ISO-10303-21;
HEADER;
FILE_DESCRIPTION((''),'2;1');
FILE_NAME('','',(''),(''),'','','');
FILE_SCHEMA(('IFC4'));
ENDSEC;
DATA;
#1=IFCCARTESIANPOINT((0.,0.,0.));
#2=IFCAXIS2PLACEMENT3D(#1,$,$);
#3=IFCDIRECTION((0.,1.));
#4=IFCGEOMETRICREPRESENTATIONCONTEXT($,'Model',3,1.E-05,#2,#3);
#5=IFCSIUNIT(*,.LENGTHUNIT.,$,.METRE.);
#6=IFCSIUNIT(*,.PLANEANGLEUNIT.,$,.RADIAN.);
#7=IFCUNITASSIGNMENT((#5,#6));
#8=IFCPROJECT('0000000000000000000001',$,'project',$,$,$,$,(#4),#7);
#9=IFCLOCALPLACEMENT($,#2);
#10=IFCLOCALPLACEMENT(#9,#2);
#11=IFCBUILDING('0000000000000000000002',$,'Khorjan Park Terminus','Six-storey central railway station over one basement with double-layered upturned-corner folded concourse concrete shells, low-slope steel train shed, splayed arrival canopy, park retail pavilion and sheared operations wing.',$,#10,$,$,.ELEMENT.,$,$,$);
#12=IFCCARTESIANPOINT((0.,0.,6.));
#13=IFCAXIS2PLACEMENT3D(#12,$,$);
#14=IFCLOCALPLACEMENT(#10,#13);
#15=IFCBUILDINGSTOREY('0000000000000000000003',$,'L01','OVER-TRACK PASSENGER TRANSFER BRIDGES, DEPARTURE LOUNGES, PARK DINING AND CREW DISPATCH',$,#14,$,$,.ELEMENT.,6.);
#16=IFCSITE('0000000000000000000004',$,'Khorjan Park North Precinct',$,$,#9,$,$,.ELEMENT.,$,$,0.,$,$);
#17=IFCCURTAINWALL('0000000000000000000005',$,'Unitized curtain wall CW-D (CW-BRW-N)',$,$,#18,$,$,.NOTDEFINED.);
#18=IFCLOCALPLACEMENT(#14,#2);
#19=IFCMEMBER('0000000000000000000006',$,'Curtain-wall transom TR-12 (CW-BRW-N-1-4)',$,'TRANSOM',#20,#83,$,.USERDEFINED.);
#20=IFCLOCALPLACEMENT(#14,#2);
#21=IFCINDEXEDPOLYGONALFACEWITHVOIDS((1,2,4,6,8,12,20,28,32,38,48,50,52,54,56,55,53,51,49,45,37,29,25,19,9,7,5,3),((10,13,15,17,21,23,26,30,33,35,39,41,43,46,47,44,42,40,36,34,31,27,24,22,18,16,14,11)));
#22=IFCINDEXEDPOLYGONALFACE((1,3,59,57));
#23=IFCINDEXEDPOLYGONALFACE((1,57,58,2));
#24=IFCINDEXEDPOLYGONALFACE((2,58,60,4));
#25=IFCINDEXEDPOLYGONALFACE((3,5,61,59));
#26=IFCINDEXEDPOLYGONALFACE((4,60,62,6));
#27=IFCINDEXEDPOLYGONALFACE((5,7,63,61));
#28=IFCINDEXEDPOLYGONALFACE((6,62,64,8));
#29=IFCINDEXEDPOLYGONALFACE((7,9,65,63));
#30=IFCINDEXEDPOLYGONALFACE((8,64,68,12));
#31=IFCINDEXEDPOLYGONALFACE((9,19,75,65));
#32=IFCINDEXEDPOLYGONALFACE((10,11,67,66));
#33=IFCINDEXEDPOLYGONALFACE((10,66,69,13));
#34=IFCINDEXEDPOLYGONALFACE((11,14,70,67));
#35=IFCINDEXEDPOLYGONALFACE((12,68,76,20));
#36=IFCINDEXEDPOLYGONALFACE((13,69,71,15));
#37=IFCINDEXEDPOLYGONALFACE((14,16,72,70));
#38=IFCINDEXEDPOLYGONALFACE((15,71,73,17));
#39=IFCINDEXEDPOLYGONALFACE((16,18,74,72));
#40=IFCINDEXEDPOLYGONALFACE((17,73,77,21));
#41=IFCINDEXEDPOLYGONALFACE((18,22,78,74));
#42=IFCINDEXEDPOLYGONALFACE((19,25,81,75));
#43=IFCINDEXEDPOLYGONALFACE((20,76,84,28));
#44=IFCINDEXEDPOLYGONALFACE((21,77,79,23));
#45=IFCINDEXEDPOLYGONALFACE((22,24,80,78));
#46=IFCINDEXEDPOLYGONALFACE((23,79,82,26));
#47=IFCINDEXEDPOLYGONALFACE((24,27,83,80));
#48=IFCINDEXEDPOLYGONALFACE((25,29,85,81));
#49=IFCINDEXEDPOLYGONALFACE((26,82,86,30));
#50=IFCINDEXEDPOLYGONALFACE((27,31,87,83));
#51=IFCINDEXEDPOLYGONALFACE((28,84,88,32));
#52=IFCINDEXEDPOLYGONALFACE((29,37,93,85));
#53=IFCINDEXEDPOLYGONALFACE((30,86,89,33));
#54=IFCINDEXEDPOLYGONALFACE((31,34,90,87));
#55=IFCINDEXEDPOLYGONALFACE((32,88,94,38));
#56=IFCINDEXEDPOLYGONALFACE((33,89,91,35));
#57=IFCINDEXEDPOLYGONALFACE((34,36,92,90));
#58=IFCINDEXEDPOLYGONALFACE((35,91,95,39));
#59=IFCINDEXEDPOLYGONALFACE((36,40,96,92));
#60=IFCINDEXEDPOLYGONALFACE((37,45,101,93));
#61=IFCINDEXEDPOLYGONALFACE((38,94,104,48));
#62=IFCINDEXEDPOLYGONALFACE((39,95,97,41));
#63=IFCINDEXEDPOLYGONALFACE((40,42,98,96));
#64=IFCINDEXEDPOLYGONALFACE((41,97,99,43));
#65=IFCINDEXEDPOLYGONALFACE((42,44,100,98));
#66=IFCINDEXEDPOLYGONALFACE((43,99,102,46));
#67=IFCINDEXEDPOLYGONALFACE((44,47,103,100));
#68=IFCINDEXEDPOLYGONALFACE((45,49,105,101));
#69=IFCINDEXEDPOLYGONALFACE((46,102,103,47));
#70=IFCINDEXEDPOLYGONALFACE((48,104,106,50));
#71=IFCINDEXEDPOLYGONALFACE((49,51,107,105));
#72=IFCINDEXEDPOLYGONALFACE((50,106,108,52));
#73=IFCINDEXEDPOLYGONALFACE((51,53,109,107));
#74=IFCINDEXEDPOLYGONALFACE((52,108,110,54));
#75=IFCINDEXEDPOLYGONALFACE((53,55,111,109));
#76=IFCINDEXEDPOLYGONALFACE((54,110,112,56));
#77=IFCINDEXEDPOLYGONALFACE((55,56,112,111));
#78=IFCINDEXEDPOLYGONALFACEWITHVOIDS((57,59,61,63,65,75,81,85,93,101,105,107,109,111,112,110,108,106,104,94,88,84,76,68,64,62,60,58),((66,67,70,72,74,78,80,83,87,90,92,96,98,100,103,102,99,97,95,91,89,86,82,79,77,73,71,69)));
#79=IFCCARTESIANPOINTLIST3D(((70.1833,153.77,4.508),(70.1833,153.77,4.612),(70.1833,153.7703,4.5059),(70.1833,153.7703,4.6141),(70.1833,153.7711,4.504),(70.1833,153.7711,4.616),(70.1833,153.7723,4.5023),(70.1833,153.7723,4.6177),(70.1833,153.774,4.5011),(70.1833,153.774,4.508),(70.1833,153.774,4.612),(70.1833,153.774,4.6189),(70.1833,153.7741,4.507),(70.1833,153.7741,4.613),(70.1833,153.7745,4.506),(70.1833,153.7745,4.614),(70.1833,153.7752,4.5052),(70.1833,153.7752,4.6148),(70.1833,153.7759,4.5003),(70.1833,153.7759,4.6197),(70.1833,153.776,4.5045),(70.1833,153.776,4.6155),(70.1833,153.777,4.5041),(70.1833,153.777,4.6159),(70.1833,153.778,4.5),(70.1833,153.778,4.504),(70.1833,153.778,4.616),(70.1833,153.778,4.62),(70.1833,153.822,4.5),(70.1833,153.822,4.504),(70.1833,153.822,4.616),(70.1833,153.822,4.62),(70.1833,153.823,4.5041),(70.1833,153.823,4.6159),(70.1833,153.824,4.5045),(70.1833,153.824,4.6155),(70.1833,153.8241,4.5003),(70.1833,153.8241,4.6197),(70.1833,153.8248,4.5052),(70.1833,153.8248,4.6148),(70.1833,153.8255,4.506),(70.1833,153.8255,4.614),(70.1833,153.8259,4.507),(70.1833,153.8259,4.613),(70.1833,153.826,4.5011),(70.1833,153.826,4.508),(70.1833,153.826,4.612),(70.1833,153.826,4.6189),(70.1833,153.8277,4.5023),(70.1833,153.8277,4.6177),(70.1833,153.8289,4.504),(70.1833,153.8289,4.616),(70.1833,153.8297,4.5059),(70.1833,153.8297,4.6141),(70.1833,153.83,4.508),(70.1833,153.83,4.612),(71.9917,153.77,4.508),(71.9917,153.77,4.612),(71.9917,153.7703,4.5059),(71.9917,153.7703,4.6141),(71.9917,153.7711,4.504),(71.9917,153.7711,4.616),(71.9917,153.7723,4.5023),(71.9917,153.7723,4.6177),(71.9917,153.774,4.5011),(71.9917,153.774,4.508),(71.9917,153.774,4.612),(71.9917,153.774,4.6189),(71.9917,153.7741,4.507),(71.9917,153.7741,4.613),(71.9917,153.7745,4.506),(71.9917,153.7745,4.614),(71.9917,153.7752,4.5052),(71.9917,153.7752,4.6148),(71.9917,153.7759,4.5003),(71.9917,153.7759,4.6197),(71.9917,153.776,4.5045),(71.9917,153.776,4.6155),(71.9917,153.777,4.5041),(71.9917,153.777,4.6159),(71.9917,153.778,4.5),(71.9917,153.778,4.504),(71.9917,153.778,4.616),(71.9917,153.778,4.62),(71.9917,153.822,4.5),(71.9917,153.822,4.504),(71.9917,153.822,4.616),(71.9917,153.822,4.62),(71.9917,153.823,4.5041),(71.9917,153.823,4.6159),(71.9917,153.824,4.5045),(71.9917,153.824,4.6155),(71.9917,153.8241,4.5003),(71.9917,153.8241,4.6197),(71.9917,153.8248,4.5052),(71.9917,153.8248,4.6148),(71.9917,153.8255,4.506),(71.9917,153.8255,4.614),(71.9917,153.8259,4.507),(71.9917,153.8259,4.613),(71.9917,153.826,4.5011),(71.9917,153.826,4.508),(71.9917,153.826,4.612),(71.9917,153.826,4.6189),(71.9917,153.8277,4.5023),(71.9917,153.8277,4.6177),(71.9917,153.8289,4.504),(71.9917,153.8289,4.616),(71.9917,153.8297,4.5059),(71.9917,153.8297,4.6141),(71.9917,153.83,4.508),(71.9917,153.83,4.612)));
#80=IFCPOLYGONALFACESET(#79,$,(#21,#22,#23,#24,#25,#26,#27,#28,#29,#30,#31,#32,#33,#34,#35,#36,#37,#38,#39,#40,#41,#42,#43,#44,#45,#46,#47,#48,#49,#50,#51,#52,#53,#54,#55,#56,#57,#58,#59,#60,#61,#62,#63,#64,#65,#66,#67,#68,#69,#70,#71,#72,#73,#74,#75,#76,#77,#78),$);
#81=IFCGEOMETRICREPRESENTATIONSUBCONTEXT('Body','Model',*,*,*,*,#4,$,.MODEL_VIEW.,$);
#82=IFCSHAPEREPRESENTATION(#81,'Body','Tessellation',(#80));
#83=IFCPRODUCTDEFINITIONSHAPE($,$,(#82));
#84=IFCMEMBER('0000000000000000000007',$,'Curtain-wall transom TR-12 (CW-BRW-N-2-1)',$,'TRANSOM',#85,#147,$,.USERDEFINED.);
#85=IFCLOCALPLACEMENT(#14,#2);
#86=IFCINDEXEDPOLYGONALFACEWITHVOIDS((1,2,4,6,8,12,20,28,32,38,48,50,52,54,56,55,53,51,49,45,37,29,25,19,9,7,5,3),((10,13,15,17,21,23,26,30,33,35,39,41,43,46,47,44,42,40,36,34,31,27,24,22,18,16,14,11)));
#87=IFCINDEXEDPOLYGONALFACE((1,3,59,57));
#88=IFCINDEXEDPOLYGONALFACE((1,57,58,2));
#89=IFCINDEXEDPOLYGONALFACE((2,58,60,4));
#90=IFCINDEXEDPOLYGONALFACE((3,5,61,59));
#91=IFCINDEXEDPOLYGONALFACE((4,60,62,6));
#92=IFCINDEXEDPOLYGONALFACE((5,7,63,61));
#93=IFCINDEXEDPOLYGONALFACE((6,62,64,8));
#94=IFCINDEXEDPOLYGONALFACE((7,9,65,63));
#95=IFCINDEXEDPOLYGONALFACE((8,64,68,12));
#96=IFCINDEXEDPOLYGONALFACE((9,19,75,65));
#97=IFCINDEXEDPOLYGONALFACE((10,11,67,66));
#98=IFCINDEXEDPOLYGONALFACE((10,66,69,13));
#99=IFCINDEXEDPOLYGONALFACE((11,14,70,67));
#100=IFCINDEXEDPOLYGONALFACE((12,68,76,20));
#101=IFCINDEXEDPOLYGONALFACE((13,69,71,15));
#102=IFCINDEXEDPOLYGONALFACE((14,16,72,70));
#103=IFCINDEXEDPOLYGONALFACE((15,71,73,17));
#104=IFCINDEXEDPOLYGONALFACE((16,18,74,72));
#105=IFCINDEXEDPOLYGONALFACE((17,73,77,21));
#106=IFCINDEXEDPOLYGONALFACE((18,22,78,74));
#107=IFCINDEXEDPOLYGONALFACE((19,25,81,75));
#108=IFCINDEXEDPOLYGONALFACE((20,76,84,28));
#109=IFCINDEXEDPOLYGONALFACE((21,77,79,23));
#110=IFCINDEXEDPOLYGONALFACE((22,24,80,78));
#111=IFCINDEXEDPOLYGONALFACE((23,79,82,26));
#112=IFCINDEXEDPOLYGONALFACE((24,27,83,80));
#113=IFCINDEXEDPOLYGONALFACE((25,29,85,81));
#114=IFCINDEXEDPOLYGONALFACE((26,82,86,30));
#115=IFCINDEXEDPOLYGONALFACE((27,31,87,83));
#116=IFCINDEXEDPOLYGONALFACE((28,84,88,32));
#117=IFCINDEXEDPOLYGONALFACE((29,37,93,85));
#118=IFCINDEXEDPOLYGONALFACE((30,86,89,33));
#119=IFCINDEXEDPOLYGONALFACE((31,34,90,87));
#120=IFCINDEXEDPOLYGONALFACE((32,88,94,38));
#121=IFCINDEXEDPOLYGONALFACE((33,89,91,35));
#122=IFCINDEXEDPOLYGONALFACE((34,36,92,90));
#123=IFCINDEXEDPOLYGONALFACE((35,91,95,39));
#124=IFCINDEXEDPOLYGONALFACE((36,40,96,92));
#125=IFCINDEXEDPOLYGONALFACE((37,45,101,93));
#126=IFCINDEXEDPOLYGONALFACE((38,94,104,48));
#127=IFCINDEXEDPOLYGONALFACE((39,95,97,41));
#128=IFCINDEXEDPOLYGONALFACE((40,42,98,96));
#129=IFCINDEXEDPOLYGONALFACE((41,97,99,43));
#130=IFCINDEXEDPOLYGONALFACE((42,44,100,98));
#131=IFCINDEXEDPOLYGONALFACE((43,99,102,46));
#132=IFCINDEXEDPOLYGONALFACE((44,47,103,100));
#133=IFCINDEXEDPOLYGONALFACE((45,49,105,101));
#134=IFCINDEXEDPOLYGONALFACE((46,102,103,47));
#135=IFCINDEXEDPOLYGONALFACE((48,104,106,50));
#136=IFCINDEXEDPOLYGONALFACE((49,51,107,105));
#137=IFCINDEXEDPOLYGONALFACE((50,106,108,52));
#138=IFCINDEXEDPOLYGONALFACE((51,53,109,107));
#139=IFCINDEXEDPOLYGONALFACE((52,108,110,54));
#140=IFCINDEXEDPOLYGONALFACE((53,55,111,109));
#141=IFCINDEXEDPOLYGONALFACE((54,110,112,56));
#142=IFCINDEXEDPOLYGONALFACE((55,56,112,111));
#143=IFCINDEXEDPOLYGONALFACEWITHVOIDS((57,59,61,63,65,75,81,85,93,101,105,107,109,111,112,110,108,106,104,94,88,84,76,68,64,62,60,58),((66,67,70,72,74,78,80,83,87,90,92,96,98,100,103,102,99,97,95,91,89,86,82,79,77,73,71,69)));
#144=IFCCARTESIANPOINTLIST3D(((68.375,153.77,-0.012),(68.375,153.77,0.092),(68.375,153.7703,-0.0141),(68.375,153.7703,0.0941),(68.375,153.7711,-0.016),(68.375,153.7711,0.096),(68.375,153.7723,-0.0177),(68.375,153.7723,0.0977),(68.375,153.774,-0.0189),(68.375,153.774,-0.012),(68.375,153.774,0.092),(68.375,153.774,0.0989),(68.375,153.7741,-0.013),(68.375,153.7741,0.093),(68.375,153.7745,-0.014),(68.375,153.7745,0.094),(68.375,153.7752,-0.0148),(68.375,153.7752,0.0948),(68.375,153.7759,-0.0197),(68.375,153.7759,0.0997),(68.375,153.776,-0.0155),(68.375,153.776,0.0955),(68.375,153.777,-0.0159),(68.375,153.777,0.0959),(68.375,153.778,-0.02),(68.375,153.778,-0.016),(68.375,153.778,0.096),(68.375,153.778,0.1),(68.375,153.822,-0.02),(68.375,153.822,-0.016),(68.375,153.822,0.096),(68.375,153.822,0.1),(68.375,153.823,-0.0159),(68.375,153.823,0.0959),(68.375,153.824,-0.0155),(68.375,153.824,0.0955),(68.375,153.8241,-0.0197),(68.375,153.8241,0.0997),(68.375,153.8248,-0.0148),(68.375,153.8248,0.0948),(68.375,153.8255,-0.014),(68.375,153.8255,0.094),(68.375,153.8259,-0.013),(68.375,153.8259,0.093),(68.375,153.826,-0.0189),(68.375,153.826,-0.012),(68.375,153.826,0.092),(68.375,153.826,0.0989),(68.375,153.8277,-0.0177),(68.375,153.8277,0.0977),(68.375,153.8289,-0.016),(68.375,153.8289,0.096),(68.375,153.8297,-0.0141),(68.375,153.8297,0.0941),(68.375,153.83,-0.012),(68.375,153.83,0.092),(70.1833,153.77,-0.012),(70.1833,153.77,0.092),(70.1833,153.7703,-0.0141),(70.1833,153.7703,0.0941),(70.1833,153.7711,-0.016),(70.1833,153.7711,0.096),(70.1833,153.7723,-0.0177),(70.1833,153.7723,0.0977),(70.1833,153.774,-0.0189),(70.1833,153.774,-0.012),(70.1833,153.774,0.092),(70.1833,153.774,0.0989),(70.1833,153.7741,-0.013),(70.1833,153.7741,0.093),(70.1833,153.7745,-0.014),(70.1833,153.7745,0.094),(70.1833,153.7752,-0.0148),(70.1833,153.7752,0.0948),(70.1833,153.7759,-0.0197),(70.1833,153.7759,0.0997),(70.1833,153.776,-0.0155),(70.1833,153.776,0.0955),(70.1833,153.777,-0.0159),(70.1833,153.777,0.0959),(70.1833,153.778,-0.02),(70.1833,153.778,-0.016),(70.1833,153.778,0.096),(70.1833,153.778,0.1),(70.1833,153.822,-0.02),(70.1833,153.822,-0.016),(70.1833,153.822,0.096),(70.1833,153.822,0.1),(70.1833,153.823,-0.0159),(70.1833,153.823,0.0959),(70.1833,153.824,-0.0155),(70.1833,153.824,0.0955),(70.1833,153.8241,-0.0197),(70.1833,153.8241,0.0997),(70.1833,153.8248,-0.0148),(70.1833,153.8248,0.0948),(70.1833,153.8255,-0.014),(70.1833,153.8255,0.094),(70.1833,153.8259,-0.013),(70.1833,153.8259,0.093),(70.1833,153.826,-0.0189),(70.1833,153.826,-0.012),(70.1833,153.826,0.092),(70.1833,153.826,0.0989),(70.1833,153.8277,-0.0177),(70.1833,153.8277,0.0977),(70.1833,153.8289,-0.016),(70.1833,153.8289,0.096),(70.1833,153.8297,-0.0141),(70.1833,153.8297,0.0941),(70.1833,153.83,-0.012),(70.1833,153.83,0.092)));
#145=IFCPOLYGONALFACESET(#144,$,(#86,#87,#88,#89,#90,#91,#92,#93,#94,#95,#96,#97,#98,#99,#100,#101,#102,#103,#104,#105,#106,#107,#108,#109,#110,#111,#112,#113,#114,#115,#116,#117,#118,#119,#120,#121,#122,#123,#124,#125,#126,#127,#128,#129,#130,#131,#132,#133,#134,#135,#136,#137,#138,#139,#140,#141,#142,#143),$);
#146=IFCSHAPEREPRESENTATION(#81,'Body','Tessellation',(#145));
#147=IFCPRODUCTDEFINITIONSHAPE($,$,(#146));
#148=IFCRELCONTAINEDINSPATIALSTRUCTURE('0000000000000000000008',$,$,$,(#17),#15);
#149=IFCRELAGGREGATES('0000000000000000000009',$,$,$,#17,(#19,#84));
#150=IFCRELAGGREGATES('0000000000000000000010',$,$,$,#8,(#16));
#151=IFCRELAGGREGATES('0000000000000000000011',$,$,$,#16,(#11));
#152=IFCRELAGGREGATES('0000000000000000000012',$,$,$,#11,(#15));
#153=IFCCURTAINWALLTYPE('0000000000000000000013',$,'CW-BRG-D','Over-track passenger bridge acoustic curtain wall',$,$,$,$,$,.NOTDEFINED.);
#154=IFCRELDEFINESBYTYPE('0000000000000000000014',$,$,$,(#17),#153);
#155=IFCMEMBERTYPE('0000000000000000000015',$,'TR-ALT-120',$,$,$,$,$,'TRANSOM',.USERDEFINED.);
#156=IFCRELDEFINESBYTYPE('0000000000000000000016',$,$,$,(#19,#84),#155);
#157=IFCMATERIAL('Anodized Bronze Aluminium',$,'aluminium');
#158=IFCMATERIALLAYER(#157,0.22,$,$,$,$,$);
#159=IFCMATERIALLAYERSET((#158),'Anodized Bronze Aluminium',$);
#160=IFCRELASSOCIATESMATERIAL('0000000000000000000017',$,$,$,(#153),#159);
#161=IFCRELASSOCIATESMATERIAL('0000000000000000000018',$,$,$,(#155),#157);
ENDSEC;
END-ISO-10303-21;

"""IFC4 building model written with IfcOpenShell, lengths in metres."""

from ifc_helpers import new_model, si_unit, direction, frame, origin, origin_2d, place, context, subcontext, project, spatial, hollow_rectangle, extrude, material, layer, layer_set, material_profile, profile_set, type_object, element, aggregate, save


model = new_model("IFC4")

# Units and contexts
model_context = context("Model", 3, precision=1e-05, world=origin(), true_north=direction((0.0, 1.0)))
body_context = subcontext(model_context, "Body", "Model", "MODEL_VIEW")
ifc_project = project(units=[si_unit("LENGTHUNIT", "METRE"), si_unit("PLANEANGLEUNIT", "RADIAN")], contexts=[model_context])

# Site, building, storey
site_placement = place(None, origin())
site = spatial("IfcSite", under=ifc_project, at=site_placement, Name="Khorjan Park North Precinct", CompositionType="ELEMENT", RefElevation=0.0)
building_placement = place(site_placement, origin())
building = spatial("IfcBuilding", under=site, at=building_placement, Name="Khorjan Park Terminus", Description="Six-storey central railway station over one basement with double-layered upturned-corner folded concourse concrete shells, low-slope steel train shed, splayed arrival canopy, park retail pavilion and sheared operations wing.", CompositionType="ELEMENT")
storey_placement = place(building_placement, frame((0.0, 0.0, 6.0)))
storey = spatial("IfcBuildingStorey", under=building, at=storey_placement, Name="L01", Description="OVER-TRACK PASSENGER TRANSFER BRIDGES, DEPARTURE LOUNGES, PARK DINING AND CREW DISPATCH", CompositionType="ELEMENT", Elevation=6.0)

# Curtain wall, members
ifc_material_1 = material(Name="Anodized Bronze Aluminium", Category="aluminium")
ifc_layer_1 = layer(ifc_material_1, 0.22)
ifc_layer_set_1 = layer_set([ifc_layer_1], Name="Anodized Bronze Aluminium")
curtain_wall_type = type_object("IfcCurtainWallType", Name="CW-BRG-D", Description="Over-track passenger bridge acoustic curtain wall", PredefinedType="NOTDEFINED", material=ifc_layer_set_1)
curtain_wall_placement = place(storey_placement, origin())
curtain_wall = element("IfcCurtainWall", 1, at=curtain_wall_placement, inside=storey, type_object=curtain_wall_type, Name="Unitized curtain wall CW-D (CW-BRW-N)", PredefinedType="NOTDEFINED")
ifc_material_profile_1 = material_profile(ifc_material_1, hollow_rectangle(XDim=0.06, YDim=0.12, WallThickness=0.004, InnerFilletRadius=0.004, OuterFilletRadius=0.008, at=origin_2d()), Name="ALT 60x120x4")
ifc_profile_set_1 = profile_set([ifc_material_profile_1], Name="Anodized Bronze Aluminium")
member_type_1 = type_object("IfcMemberType", Name="TR-ALT-120", ElementType="TRANSOM", PredefinedType="USERDEFINED", material=ifc_profile_set_1)
member_1_placement = place(storey_placement, frame((71.9917, 153.8, 4.56), z_axis=(-1.0, 0.0, 0.0), x_axis=(0.0, -1.0, 0.0)))
member_1 = element("IfcMember", 2, at=member_1_placement, type_object=member_type_1, Name="Curtain-wall transom TR-12 (CW-BRW-N-1-4)", ObjectType="TRANSOM", PredefinedType="USERDEFINED", context=body_context, shape_type="SweptSolid", body=[
    extrude(hollow_rectangle(XDim=0.06, YDim=0.12, WallThickness=0.004, InnerFilletRadius=0.004, OuterFilletRadius=0.008, at=origin_2d()), origin(), (0.0, 0.0, 1.0), 1.8084),
])
member_2_placement = place(storey_placement, frame((70.1833, 153.8, 0.04), z_axis=(-1.0, 0.0, 0.0), x_axis=(0.0, -1.0, 0.0)))
member_2 = element("IfcMember", 3, at=member_2_placement, type_object=member_type_1, Name="Curtain-wall transom TR-12 (CW-BRW-N-2-1)", ObjectType="TRANSOM", PredefinedType="USERDEFINED", context=body_context, shape_type="SweptSolid", body=[
    extrude(hollow_rectangle(XDim=0.06, YDim=0.12, WallThickness=0.004, InnerFilletRadius=0.004, OuterFilletRadius=0.008, at=origin_2d()), origin(), (0.0, 0.0, 1.0), 1.8083),
])
aggregate(curtain_wall, [member_1, member_2])

save(model, "model.ifc")
